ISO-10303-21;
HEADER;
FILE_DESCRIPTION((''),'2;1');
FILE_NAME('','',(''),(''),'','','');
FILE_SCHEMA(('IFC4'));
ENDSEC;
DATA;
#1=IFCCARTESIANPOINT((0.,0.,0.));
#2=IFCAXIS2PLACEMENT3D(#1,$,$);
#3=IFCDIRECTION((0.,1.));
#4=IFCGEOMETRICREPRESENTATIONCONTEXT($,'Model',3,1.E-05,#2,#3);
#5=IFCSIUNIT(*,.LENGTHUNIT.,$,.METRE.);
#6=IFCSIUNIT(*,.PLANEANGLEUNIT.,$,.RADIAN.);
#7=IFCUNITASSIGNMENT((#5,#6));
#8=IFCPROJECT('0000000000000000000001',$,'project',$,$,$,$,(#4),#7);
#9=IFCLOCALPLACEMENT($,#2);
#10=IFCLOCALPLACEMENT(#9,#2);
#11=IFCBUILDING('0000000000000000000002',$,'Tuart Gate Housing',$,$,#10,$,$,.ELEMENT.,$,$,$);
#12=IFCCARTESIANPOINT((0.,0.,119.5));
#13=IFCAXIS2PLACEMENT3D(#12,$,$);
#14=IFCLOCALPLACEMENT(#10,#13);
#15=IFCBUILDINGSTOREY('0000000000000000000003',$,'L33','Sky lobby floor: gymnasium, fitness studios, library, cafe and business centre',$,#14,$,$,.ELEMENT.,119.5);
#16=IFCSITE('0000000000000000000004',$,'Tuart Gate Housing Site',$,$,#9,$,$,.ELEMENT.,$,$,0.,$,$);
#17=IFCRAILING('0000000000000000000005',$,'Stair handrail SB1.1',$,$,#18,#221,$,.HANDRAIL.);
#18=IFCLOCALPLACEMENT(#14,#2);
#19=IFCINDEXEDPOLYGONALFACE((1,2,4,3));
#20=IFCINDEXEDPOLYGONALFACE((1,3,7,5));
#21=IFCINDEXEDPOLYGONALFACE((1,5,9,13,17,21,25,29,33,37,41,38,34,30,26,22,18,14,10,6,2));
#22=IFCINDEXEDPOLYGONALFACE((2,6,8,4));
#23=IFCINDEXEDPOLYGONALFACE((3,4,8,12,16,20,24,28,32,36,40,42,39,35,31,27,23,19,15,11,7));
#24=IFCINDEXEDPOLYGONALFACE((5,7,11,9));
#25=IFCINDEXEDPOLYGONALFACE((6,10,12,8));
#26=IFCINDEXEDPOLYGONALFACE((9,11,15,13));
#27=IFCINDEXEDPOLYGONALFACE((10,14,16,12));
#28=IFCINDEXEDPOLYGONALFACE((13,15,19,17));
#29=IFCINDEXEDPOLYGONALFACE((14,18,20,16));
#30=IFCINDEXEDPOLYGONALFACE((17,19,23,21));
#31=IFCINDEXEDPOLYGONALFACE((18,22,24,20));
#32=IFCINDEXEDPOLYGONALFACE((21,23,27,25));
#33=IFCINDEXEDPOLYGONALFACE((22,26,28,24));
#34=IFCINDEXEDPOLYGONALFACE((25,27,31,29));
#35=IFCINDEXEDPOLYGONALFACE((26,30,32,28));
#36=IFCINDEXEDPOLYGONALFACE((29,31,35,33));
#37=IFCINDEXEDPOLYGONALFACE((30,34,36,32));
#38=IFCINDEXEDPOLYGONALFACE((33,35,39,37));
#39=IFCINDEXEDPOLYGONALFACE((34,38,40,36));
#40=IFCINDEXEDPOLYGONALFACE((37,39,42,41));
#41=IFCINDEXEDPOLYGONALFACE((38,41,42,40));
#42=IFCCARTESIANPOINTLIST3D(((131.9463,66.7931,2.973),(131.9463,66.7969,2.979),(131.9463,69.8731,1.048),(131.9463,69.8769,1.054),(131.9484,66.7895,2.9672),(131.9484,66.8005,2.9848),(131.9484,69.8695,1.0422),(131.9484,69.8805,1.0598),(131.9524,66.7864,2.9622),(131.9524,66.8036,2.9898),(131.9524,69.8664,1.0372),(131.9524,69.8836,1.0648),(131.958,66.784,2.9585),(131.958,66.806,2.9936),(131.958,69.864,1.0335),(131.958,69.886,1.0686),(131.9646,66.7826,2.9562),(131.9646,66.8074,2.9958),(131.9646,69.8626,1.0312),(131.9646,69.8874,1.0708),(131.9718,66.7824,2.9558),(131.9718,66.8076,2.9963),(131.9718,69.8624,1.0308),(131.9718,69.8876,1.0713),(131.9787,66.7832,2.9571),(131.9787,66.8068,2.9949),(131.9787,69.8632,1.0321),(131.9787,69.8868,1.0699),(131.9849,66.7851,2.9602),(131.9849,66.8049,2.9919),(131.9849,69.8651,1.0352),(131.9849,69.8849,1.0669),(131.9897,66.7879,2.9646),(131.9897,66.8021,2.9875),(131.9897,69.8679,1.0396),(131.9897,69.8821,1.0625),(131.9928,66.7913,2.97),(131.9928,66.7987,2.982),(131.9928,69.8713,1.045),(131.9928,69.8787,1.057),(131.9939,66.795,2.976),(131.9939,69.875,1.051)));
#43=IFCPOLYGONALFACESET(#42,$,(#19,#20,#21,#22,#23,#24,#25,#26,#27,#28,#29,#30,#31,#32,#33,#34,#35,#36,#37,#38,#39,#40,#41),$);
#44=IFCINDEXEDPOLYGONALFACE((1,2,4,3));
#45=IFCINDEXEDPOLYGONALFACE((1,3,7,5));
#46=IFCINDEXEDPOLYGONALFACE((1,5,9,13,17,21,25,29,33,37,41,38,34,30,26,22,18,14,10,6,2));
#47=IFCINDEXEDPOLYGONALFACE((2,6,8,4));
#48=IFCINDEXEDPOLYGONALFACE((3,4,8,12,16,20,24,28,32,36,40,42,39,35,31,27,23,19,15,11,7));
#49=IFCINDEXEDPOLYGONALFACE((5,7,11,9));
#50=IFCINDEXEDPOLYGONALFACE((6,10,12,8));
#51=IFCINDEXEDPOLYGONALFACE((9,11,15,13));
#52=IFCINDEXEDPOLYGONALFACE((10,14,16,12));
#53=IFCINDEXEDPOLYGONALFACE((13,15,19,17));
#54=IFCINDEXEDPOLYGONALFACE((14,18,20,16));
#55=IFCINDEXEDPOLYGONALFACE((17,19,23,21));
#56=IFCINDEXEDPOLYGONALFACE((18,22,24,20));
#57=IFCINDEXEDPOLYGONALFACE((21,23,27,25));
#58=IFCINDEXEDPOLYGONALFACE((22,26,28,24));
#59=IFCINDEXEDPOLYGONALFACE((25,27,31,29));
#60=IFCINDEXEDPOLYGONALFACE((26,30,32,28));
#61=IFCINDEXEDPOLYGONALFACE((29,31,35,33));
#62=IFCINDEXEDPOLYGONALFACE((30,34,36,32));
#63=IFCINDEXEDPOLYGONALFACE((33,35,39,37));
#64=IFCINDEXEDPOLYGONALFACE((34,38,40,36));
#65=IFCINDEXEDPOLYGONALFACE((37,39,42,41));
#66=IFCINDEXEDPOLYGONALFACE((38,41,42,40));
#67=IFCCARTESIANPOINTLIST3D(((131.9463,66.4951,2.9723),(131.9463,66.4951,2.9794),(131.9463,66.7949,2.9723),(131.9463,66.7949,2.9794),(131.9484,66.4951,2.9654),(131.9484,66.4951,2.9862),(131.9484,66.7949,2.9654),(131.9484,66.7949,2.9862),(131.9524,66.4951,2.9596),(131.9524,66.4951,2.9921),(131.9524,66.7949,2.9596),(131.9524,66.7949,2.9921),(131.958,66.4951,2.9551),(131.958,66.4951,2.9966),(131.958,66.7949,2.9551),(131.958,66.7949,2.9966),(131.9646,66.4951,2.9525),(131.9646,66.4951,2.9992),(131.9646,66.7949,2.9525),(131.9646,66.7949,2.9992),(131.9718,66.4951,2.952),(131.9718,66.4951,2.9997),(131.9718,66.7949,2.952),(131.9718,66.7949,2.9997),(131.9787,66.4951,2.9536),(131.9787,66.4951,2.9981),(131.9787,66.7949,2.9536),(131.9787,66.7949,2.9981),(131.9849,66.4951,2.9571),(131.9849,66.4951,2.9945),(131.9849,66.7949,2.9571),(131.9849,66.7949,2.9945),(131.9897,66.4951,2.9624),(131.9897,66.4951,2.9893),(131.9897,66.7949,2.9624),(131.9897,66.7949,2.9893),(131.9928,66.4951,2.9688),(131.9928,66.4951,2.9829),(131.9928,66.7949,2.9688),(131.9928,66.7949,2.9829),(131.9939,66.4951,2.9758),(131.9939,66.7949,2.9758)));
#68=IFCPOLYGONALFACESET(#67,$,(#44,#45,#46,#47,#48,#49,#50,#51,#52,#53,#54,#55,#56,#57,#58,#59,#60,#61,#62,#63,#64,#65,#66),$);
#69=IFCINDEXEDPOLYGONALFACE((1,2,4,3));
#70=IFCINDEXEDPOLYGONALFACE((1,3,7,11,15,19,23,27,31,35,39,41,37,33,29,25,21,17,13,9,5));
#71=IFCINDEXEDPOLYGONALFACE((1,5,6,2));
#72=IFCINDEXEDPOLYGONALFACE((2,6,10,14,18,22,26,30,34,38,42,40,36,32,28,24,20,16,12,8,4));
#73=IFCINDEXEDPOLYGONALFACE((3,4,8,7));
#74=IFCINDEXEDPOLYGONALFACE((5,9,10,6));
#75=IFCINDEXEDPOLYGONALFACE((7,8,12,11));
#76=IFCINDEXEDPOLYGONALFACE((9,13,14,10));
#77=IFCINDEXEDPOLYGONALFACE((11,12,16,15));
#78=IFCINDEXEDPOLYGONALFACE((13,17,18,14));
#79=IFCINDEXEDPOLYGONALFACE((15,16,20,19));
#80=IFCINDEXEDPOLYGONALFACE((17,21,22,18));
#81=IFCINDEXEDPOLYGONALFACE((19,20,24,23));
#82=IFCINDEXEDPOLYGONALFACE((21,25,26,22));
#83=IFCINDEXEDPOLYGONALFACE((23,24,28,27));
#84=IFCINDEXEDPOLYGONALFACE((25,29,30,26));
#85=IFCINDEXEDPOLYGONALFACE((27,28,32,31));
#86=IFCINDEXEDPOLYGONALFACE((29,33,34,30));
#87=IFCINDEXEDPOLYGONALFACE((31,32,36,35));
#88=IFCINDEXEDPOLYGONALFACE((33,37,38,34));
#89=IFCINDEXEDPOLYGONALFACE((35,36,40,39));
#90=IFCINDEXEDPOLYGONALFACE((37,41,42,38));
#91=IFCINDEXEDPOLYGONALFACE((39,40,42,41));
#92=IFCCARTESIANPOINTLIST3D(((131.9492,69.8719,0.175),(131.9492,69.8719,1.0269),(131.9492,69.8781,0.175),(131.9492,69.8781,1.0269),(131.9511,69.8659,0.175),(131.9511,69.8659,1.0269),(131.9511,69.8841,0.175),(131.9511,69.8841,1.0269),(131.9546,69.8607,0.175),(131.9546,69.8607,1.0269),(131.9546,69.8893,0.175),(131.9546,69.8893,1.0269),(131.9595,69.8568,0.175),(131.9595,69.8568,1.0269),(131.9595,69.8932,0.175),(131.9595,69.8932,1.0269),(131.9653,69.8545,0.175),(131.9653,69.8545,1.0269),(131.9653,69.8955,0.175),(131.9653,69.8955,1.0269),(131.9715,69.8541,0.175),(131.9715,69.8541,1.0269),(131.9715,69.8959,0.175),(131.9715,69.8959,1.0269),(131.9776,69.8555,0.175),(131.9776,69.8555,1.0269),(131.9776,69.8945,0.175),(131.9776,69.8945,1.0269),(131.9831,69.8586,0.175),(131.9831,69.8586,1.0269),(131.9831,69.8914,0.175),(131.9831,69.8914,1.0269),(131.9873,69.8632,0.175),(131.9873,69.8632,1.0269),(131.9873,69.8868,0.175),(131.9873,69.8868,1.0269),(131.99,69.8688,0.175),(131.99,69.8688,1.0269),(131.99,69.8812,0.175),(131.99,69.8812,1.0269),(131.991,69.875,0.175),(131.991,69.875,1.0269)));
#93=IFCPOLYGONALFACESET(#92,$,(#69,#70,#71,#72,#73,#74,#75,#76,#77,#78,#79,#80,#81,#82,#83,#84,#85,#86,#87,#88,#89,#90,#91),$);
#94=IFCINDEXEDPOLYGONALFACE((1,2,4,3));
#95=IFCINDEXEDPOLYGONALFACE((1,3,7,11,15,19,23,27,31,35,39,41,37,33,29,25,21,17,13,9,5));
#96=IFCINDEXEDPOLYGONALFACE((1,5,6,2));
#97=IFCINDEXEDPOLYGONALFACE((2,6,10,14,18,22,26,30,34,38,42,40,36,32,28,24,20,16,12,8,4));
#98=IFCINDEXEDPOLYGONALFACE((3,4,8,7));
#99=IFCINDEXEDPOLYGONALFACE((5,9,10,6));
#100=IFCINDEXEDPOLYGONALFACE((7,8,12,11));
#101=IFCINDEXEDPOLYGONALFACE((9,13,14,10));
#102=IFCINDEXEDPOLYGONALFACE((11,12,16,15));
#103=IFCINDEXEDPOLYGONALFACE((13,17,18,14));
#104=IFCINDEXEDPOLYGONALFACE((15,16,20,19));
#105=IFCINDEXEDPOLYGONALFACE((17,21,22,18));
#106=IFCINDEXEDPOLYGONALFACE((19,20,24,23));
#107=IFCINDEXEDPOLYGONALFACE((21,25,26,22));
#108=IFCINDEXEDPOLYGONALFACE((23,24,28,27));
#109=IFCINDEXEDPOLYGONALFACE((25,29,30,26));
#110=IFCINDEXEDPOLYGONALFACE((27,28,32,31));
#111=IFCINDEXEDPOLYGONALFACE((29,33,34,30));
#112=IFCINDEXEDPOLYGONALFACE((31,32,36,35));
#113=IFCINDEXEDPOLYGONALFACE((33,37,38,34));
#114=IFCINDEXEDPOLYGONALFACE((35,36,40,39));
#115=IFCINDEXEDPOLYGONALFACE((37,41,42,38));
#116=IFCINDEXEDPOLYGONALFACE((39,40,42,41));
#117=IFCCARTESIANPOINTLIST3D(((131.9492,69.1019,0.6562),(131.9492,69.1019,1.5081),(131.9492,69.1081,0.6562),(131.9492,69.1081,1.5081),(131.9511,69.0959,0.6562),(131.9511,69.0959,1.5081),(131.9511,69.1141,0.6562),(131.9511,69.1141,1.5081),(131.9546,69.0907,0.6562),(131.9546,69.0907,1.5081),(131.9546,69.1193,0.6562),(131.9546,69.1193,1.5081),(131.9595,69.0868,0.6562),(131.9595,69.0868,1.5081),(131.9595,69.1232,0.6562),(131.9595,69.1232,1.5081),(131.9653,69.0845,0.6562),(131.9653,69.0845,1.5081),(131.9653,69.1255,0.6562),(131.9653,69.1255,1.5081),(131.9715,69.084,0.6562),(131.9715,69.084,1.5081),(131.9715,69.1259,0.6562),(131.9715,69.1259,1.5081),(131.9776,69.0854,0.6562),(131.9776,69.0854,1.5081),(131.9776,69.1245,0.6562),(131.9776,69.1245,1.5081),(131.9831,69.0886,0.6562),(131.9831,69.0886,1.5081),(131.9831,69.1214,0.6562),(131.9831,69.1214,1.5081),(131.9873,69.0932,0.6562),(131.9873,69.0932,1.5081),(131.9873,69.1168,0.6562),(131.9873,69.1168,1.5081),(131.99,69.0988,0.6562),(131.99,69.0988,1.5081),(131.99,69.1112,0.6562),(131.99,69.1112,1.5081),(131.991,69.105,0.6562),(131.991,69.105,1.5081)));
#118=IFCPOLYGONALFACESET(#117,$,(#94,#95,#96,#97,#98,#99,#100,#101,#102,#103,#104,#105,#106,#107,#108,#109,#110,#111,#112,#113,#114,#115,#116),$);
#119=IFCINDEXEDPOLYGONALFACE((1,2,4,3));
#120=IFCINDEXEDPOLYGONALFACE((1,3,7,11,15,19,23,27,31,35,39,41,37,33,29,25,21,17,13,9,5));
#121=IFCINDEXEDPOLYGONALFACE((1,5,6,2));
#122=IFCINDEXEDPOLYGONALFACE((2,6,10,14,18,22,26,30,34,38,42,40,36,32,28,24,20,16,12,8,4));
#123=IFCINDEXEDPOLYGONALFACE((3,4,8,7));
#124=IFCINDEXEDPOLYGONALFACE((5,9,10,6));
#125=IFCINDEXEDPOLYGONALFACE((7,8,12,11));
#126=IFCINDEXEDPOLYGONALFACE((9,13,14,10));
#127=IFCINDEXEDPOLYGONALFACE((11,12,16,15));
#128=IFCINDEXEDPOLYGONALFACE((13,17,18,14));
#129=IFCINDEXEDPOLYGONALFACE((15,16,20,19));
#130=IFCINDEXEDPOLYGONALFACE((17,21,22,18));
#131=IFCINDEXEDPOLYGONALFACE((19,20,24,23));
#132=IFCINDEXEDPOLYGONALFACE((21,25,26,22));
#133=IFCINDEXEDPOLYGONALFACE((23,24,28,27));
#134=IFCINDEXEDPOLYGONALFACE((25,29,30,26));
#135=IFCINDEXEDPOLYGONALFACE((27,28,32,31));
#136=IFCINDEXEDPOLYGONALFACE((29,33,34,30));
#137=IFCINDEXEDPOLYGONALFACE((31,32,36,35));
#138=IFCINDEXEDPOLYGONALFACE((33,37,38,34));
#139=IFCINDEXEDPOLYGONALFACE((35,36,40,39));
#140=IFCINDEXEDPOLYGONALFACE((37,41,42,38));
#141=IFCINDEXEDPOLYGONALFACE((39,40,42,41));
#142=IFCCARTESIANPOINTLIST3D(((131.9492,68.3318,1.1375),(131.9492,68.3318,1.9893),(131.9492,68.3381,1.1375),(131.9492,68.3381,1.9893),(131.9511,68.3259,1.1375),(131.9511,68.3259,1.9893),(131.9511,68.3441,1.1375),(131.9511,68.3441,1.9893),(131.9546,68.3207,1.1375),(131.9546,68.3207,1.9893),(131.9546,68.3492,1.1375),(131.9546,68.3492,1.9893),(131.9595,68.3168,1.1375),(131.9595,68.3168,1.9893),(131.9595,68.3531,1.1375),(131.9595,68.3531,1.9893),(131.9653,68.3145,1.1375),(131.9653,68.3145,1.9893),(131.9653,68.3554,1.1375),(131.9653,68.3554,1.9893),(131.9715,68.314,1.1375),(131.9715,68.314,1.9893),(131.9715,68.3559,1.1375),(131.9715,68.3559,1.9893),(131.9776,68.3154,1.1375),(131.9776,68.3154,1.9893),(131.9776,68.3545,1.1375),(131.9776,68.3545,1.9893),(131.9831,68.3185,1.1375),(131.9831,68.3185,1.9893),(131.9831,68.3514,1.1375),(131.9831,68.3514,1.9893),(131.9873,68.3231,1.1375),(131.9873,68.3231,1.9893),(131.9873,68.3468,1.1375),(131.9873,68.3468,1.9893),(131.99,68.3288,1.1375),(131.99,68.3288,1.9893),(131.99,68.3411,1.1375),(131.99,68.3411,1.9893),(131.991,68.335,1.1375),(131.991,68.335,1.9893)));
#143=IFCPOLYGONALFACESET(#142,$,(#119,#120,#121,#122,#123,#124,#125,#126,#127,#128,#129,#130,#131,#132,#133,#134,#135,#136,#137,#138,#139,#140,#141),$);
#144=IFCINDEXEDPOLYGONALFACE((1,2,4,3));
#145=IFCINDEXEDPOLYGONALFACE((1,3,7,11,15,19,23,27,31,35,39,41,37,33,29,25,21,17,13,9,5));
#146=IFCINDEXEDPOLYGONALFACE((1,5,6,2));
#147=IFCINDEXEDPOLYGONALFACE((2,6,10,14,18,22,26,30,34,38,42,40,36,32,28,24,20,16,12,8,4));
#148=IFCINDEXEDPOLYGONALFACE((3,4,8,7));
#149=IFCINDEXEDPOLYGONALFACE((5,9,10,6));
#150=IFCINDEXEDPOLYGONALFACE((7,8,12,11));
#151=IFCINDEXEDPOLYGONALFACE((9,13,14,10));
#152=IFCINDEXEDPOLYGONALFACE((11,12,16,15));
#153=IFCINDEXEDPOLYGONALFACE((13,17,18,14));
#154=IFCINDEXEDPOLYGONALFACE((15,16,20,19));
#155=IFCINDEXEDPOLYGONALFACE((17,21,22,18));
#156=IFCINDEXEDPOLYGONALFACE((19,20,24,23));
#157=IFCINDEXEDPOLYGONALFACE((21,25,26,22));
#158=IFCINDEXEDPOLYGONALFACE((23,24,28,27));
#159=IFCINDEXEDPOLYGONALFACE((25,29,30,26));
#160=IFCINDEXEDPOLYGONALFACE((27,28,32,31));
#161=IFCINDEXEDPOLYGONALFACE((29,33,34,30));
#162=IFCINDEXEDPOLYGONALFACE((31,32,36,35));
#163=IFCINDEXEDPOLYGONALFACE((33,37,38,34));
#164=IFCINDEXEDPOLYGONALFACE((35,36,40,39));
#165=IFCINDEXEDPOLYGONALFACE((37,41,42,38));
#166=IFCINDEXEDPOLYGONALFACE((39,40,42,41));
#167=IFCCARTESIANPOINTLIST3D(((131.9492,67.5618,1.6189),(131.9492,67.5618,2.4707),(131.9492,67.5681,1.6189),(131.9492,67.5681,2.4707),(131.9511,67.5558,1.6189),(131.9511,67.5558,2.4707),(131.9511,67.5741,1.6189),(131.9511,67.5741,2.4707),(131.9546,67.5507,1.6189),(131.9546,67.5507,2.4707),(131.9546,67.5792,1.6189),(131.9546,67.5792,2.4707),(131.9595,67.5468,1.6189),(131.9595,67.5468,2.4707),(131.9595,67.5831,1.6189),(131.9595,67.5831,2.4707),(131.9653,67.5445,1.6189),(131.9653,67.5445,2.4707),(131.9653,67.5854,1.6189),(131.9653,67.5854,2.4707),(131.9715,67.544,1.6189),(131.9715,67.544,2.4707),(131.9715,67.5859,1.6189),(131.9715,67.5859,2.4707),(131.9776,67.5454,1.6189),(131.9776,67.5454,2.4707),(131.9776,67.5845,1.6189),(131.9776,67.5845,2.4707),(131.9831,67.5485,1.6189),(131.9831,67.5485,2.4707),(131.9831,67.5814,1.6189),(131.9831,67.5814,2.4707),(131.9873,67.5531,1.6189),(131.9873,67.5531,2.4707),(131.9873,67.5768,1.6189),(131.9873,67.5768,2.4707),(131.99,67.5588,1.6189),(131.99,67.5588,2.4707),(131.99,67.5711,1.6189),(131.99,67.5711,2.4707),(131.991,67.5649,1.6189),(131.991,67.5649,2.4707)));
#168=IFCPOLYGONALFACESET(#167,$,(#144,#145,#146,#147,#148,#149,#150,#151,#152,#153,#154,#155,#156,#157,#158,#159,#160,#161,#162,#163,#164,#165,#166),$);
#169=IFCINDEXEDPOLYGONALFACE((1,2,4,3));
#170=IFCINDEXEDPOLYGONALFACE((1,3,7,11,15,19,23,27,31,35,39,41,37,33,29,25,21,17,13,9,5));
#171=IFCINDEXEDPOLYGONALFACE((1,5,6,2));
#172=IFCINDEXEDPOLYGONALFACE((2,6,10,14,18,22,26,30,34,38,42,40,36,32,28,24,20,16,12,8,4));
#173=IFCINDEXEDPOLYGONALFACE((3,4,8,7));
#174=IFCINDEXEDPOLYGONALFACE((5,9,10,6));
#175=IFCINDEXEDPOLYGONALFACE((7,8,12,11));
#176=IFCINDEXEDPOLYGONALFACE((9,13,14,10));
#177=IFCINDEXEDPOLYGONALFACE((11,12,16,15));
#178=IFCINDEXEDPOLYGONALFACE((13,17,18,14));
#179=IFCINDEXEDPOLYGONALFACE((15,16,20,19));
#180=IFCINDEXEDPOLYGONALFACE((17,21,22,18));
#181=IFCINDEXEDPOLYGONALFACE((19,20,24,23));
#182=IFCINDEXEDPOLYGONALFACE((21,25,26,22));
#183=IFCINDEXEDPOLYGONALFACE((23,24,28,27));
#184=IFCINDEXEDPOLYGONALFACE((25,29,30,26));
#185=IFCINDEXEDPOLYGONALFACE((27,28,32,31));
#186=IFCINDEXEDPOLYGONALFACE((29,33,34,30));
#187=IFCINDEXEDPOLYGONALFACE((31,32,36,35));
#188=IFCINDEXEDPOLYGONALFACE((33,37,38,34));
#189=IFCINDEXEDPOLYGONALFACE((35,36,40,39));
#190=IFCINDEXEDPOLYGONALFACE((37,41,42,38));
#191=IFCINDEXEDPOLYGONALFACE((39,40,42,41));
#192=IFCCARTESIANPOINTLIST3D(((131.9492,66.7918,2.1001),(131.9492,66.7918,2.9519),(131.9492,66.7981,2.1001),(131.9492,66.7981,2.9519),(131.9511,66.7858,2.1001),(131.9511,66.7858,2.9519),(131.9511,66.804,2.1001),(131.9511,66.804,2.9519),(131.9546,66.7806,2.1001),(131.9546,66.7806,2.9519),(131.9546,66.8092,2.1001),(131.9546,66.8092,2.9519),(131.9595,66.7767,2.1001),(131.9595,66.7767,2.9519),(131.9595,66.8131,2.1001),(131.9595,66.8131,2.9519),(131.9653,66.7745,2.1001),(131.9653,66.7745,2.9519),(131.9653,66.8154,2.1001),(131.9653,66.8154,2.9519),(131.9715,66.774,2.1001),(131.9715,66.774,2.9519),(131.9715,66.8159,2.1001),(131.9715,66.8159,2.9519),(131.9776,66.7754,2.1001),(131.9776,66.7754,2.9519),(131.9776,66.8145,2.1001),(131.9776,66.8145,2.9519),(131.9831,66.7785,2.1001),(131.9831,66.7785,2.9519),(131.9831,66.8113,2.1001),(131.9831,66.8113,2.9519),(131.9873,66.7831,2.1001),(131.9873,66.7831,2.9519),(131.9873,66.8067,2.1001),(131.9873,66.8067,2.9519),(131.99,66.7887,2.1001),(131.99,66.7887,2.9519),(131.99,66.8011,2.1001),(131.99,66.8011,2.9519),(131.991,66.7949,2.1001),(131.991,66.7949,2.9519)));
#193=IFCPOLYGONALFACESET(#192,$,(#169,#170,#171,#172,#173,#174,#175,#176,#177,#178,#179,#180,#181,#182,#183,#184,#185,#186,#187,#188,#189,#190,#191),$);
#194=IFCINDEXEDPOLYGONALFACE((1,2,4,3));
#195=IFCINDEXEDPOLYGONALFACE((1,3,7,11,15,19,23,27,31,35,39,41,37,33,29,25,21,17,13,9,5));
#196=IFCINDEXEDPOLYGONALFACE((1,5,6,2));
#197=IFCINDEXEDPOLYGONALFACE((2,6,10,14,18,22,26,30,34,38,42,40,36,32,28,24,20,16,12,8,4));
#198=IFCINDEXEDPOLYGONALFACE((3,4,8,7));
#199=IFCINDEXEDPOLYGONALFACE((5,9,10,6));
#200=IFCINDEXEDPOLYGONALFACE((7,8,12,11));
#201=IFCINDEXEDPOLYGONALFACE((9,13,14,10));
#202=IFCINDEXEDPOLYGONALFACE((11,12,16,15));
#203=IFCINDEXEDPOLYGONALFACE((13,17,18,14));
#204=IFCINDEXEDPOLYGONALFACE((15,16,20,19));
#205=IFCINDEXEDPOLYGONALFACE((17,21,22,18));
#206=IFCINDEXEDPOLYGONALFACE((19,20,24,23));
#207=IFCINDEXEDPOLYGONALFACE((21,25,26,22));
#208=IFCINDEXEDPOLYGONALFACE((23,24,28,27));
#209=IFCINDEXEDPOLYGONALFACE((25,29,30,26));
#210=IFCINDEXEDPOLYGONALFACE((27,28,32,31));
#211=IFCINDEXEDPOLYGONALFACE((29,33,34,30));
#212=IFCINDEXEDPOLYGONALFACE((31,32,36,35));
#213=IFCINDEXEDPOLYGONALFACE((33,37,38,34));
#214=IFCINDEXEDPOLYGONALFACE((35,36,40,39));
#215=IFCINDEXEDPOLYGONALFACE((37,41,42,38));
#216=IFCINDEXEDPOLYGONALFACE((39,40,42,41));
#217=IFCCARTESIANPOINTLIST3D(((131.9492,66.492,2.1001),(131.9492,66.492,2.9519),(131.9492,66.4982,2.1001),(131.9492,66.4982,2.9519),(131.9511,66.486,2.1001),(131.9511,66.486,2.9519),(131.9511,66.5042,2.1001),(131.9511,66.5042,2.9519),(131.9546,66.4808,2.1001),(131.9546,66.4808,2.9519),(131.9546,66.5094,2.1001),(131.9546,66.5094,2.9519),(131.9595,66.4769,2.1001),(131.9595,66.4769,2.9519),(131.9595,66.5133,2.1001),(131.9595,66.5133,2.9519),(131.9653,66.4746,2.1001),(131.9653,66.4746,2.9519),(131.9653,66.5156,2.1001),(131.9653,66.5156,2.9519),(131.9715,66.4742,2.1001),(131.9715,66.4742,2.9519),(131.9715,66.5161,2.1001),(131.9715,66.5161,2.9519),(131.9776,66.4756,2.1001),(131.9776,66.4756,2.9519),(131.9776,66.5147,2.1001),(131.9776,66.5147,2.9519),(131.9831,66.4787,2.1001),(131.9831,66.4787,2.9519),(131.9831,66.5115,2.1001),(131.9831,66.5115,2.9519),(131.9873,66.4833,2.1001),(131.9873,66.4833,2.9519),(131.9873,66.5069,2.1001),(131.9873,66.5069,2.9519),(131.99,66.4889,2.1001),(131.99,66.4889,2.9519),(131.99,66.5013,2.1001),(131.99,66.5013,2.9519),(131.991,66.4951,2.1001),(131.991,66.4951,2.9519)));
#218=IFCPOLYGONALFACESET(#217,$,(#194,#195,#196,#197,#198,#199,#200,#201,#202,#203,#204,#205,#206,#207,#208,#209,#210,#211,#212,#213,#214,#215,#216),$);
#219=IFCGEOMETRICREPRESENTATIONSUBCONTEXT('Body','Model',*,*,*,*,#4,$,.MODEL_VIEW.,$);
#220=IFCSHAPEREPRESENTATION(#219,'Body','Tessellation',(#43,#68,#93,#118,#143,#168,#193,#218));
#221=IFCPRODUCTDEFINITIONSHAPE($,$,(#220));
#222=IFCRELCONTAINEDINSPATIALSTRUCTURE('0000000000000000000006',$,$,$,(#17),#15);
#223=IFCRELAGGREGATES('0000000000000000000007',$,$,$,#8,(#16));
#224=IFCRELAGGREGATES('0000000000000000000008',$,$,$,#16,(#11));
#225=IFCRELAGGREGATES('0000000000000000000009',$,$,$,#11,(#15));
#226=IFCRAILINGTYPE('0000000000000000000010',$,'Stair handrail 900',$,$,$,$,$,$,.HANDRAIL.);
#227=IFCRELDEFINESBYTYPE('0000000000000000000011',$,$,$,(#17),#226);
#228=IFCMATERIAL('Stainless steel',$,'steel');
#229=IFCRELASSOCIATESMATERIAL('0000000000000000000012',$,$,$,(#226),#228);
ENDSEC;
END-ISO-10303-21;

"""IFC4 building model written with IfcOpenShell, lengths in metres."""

from ifc_helpers import new_model, si_unit, direction, frame, origin, origin_2d, place, context, subcontext, project, spatial, circle, extrude, material, type_object, element, save


model = new_model("IFC4")

# Units and contexts
model_context = context("Model", 3, precision=1e-05, world=origin(), true_north=direction((0.0, 1.0)))
body_context = subcontext(model_context, "Body", "Model", "MODEL_VIEW")
ifc_project = project(units=[si_unit("LENGTHUNIT", "METRE"), si_unit("PLANEANGLEUNIT", "RADIAN")], contexts=[model_context])

# Site, building, storey
site_placement = place(None, origin())
site = spatial("IfcSite", under=ifc_project, at=site_placement, Name="Tuart Gate Housing Site", CompositionType="ELEMENT", RefElevation=0.0)
building_placement = place(site_placement, origin())
building = spatial("IfcBuilding", under=site, at=building_placement, Name="Tuart Gate Housing", CompositionType="ELEMENT")
storey_placement = place(building_placement, frame((0.0, 0.0, 119.5)))
storey = spatial("IfcBuildingStorey", under=building, at=storey_placement, Name="L33", Description="Sky lobby floor: gymnasium, fitness studios, library, cafe and business centre", CompositionType="ELEMENT", Elevation=119.5)

# Railing
ifc_material_1 = material(Name="Stainless steel", Category="steel")
railing_type = type_object("IfcRailingType", Name="Stair handrail 900", PredefinedType="HANDRAIL", material=ifc_material_1)
railing_placement = place(storey_placement, frame((131.97, 69.875, 0.175)))
element("IfcRailing", 1, at=railing_placement, inside=storey, type_object=railing_type, Name="Stair handrail SB1.1", PredefinedType="HANDRAIL", context=body_context, shape_type="SweptSolid", body=[
    extrude(circle(Radius=0.0239, at=origin_2d()), frame((0.0, 0.0, 0.876), z_axis=(0.0, -0.847998, 0.529999), x_axis=(1.0, 0.0, 0.0)), (0.0, 0.0, 1.0), 3.6321),
    extrude(circle(Radius=0.0239, at=origin_2d()), frame((0.0, -3.0801, 2.8008), z_axis=(0.0, -1.0, 0.0), x_axis=(1.0, 0.0, 0.0)), (0.0, 0.0, 1.0), 0.2998),
    extrude(circle(Radius=0.021, at=origin_2d()), origin(), (0.0, 0.0, 1.0), 0.8518),
    extrude(circle(Radius=0.021, at=origin_2d()), frame((0.0, -0.77, 0.4812)), (0.0, 0.0, 1.0), 0.8518),
    extrude(circle(Radius=0.021, at=origin_2d()), frame((0.0, -1.54, 0.9624)), (0.0, 0.0, 1.0), 0.8518),
    extrude(circle(Radius=0.021, at=origin_2d()), frame((0.0, -2.3101, 1.4438)), (0.0, 0.0, 1.0), 0.8518),
    extrude(circle(Radius=0.021, at=origin_2d()), frame((0.0, -3.0801, 1.925)), (0.0, 0.0, 1.0), 0.8518),
    extrude(circle(Radius=0.021, at=origin_2d()), frame((0.0, -3.3799, 1.925)), (0.0, 0.0, 1.0), 0.8518),
])

save(model, "model.ifc")
